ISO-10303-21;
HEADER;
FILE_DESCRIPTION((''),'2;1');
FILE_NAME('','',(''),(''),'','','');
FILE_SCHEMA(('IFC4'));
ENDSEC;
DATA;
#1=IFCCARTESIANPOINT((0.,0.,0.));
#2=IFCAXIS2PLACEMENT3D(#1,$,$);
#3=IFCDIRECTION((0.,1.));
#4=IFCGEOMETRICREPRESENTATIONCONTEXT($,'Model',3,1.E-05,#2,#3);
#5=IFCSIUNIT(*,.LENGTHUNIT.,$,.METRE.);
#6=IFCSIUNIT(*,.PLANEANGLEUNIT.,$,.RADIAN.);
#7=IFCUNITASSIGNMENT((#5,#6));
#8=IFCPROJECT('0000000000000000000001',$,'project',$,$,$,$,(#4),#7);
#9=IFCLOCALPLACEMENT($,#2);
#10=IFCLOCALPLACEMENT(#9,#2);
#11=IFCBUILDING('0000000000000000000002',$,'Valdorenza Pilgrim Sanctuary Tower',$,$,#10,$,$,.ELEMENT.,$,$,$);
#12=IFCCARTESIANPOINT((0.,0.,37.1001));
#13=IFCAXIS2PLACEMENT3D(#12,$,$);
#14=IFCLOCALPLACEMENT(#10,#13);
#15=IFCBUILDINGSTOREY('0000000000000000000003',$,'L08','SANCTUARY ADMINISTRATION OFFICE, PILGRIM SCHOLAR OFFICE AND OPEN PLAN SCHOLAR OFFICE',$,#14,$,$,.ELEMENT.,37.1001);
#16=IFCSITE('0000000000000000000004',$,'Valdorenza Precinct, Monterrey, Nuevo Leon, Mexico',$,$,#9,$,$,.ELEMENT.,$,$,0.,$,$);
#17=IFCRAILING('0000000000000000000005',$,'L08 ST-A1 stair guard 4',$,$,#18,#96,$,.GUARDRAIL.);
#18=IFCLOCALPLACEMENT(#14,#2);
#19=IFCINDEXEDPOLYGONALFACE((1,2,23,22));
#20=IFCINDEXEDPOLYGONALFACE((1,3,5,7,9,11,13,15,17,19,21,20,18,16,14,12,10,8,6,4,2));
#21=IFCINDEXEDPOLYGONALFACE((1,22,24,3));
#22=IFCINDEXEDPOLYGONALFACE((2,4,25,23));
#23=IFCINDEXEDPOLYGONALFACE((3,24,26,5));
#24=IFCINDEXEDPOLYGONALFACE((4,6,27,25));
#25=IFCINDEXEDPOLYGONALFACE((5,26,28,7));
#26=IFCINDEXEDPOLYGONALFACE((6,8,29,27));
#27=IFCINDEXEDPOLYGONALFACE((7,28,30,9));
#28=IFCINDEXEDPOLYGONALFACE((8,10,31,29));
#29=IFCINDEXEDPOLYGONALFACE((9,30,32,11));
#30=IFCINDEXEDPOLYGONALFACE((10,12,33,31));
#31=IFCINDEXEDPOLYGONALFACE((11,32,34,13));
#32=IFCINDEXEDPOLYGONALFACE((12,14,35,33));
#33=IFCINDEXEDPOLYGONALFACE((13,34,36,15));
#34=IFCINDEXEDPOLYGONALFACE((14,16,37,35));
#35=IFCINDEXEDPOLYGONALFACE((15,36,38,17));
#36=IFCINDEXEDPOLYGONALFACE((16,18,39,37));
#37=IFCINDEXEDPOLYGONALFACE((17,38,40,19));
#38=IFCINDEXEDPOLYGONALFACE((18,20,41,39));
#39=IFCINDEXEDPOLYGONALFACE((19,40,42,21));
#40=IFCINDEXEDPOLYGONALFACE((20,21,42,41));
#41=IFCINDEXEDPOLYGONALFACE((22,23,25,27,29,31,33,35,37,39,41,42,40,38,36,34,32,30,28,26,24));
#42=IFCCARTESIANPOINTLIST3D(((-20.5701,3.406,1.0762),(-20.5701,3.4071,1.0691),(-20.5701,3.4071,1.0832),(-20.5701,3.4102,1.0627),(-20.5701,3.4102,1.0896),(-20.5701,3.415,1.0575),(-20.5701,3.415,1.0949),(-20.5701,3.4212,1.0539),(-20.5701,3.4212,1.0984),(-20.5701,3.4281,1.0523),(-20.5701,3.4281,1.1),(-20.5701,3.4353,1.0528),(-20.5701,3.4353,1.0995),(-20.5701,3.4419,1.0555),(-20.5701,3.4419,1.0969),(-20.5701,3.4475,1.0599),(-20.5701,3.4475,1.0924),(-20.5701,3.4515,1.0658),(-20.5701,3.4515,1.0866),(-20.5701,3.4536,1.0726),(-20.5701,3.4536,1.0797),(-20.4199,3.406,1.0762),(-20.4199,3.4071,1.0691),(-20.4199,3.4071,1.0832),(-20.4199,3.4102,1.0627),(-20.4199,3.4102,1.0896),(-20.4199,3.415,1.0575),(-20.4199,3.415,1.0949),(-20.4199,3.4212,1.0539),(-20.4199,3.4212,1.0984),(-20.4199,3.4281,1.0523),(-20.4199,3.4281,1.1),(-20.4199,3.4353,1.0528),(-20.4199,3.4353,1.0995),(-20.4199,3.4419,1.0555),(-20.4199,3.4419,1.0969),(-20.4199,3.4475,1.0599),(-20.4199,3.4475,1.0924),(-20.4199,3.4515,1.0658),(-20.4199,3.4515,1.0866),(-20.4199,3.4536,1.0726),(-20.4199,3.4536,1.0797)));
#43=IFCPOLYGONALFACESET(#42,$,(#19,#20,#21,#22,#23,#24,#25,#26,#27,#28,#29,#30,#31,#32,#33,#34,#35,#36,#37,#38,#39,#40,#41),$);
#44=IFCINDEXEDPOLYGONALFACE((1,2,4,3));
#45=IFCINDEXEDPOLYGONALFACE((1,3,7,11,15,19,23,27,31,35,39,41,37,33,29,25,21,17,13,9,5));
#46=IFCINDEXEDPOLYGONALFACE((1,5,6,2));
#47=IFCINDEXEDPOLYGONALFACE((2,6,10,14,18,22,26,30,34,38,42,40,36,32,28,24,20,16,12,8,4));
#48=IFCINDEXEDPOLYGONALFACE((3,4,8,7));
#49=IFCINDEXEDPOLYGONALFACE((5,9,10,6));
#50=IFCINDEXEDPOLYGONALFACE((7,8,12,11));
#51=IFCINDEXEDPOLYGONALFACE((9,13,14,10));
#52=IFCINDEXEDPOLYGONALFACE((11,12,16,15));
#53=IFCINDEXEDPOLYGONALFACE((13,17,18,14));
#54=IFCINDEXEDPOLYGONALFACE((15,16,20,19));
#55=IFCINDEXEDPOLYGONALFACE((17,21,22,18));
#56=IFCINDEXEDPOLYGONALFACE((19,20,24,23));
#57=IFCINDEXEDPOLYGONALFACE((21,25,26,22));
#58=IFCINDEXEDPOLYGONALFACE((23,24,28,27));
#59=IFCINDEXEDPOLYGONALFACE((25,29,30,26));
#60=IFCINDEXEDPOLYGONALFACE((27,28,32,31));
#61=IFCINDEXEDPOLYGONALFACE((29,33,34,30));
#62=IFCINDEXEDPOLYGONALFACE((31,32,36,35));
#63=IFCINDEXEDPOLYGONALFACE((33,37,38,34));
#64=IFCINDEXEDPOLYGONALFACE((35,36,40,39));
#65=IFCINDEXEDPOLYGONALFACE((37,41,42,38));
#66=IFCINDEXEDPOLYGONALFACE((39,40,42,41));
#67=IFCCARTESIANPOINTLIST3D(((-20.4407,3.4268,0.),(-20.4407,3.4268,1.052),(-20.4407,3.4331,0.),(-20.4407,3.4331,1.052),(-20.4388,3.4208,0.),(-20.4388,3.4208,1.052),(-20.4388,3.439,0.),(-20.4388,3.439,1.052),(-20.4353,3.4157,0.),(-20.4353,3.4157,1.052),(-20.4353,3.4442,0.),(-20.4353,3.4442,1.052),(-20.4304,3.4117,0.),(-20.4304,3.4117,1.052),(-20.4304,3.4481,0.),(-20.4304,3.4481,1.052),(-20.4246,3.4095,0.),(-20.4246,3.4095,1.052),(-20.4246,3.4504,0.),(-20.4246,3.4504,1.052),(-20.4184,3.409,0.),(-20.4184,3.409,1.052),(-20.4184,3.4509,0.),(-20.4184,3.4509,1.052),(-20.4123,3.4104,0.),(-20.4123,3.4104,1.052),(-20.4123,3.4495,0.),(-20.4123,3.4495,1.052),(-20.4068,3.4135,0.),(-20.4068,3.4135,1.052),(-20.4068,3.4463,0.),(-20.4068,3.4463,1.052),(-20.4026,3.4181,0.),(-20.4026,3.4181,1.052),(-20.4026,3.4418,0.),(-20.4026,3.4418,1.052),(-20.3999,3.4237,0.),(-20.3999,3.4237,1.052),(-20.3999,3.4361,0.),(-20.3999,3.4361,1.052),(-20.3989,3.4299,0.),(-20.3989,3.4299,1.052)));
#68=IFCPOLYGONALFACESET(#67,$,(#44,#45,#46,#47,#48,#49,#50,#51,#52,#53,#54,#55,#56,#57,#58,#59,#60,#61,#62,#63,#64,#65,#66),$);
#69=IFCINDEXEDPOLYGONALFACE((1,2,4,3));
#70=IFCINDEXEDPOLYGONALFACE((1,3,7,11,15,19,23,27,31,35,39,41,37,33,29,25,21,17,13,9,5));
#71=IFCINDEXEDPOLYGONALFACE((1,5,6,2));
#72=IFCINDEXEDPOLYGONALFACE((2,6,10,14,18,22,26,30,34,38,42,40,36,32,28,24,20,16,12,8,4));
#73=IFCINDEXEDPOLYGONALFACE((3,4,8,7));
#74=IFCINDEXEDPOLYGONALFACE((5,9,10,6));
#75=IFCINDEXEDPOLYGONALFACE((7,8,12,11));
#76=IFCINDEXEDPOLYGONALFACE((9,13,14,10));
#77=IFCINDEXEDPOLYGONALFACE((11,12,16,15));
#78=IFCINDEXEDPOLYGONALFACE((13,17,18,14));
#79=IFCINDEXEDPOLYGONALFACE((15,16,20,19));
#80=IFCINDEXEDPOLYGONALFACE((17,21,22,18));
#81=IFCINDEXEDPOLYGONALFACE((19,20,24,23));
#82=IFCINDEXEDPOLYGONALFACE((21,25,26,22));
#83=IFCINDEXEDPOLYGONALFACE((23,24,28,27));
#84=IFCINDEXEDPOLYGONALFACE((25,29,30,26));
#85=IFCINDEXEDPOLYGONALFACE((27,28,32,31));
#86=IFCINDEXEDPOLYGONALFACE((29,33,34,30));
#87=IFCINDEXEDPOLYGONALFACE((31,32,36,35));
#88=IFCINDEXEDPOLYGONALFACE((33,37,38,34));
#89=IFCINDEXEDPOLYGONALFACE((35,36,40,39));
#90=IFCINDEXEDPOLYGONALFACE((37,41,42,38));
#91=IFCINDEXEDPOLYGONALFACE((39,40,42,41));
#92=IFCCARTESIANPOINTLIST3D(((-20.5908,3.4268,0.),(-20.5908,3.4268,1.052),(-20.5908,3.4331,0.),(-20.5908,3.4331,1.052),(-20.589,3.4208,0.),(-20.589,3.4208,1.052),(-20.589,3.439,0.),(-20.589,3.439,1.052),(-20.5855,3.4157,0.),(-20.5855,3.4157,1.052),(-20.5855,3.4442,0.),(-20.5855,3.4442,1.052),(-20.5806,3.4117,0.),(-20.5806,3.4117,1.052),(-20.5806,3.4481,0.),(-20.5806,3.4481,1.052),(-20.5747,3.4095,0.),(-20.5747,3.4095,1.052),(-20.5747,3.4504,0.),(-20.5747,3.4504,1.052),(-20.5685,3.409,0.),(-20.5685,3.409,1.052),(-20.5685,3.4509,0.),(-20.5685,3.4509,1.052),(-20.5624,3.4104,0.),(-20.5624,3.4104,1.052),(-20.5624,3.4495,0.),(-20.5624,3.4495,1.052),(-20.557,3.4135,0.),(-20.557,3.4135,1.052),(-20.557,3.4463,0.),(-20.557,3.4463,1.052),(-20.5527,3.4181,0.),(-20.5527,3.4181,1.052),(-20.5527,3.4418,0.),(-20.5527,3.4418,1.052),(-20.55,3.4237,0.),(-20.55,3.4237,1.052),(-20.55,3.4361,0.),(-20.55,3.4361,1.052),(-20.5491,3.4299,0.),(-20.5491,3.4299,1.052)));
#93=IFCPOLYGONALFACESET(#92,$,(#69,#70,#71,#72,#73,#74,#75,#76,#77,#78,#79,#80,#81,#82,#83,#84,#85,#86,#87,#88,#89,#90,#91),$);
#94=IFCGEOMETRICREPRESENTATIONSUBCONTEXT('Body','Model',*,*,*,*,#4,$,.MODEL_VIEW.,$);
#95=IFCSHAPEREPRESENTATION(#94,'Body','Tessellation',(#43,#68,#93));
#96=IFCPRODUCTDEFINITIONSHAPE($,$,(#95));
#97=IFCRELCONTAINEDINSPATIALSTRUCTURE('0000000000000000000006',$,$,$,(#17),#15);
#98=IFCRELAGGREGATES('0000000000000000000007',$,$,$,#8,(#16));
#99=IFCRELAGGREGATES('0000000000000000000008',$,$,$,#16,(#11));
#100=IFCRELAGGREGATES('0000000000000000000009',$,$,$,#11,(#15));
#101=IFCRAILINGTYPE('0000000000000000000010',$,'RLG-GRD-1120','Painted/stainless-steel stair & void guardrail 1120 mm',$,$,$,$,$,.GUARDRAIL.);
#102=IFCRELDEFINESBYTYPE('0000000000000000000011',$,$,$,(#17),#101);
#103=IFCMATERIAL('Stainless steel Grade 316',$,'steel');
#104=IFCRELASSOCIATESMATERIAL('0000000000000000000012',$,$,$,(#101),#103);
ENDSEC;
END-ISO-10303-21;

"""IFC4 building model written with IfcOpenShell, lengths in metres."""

from ifc_helpers import new_model, si_unit, direction, frame, origin, origin_2d, place, context, subcontext, project, spatial, circle, extrude, material, type_object, element, save


model = new_model("IFC4")

# Units and contexts
model_context = context("Model", 3, precision=1e-05, world=origin(), true_north=direction((0.0, 1.0)))
body_context = subcontext(model_context, "Body", "Model", "MODEL_VIEW")
ifc_project = project(units=[si_unit("LENGTHUNIT", "METRE"), si_unit("PLANEANGLEUNIT", "RADIAN")], contexts=[model_context])

# Site, building, storey
site_placement = place(None, origin())
site = spatial("IfcSite", under=ifc_project, at=site_placement, Name="Valdorenza Precinct, Monterrey, Nuevo Leon, Mexico", CompositionType="ELEMENT", RefElevation=0.0)
building_placement = place(site_placement, origin())
building = spatial("IfcBuilding", under=site, at=building_placement, Name="Valdorenza Pilgrim Sanctuary Tower", CompositionType="ELEMENT")
storey_placement = place(building_placement, frame((0.0, 0.0, 37.1001)))
storey = spatial("IfcBuildingStorey", under=building, at=storey_placement, Name="L08", Description="SANCTUARY ADMINISTRATION OFFICE, PILGRIM SCHOLAR OFFICE AND OPEN PLAN SCHOLAR OFFICE", CompositionType="ELEMENT", Elevation=37.1001)

# Railing
ifc_material_1 = material(Name="Stainless steel Grade 316", Category="steel")
railing_type_1 = type_object("IfcRailingType", Name="RLG-GRD-1120", Description="Painted/stainless-steel stair & void guardrail 1120 mm", PredefinedType="GUARDRAIL", material=ifc_material_1)
railing_1_placement = place(storey_placement, frame((-20.4199, 3.4299, 0.0)))
element("IfcRailing", 1, at=railing_1_placement, inside=storey, type_object=railing_type_1, Name="L08 ST-A1 stair guard 4", PredefinedType="GUARDRAIL", context=body_context, shape_type="SweptSolid", body=[
    extrude(circle(Radius=0.0239, at=origin_2d()), frame((0.0, 0.0, 1.0762), z_axis=(-1.0, 0.0, 0.0), x_axis=(0.0, -1.0, 0.0)), (0.0, 0.0, 1.0), 0.1501),
    extrude(circle(Radius=0.021, at=origin_2d()), origin(), (0.0, 0.0, 1.0), 1.052),
    extrude(circle(Radius=0.021, at=origin_2d()), frame((-0.1501, 0.0, 0.0)), (0.0, 0.0, 1.0), 1.052),
])

save(model, "model.ifc")
